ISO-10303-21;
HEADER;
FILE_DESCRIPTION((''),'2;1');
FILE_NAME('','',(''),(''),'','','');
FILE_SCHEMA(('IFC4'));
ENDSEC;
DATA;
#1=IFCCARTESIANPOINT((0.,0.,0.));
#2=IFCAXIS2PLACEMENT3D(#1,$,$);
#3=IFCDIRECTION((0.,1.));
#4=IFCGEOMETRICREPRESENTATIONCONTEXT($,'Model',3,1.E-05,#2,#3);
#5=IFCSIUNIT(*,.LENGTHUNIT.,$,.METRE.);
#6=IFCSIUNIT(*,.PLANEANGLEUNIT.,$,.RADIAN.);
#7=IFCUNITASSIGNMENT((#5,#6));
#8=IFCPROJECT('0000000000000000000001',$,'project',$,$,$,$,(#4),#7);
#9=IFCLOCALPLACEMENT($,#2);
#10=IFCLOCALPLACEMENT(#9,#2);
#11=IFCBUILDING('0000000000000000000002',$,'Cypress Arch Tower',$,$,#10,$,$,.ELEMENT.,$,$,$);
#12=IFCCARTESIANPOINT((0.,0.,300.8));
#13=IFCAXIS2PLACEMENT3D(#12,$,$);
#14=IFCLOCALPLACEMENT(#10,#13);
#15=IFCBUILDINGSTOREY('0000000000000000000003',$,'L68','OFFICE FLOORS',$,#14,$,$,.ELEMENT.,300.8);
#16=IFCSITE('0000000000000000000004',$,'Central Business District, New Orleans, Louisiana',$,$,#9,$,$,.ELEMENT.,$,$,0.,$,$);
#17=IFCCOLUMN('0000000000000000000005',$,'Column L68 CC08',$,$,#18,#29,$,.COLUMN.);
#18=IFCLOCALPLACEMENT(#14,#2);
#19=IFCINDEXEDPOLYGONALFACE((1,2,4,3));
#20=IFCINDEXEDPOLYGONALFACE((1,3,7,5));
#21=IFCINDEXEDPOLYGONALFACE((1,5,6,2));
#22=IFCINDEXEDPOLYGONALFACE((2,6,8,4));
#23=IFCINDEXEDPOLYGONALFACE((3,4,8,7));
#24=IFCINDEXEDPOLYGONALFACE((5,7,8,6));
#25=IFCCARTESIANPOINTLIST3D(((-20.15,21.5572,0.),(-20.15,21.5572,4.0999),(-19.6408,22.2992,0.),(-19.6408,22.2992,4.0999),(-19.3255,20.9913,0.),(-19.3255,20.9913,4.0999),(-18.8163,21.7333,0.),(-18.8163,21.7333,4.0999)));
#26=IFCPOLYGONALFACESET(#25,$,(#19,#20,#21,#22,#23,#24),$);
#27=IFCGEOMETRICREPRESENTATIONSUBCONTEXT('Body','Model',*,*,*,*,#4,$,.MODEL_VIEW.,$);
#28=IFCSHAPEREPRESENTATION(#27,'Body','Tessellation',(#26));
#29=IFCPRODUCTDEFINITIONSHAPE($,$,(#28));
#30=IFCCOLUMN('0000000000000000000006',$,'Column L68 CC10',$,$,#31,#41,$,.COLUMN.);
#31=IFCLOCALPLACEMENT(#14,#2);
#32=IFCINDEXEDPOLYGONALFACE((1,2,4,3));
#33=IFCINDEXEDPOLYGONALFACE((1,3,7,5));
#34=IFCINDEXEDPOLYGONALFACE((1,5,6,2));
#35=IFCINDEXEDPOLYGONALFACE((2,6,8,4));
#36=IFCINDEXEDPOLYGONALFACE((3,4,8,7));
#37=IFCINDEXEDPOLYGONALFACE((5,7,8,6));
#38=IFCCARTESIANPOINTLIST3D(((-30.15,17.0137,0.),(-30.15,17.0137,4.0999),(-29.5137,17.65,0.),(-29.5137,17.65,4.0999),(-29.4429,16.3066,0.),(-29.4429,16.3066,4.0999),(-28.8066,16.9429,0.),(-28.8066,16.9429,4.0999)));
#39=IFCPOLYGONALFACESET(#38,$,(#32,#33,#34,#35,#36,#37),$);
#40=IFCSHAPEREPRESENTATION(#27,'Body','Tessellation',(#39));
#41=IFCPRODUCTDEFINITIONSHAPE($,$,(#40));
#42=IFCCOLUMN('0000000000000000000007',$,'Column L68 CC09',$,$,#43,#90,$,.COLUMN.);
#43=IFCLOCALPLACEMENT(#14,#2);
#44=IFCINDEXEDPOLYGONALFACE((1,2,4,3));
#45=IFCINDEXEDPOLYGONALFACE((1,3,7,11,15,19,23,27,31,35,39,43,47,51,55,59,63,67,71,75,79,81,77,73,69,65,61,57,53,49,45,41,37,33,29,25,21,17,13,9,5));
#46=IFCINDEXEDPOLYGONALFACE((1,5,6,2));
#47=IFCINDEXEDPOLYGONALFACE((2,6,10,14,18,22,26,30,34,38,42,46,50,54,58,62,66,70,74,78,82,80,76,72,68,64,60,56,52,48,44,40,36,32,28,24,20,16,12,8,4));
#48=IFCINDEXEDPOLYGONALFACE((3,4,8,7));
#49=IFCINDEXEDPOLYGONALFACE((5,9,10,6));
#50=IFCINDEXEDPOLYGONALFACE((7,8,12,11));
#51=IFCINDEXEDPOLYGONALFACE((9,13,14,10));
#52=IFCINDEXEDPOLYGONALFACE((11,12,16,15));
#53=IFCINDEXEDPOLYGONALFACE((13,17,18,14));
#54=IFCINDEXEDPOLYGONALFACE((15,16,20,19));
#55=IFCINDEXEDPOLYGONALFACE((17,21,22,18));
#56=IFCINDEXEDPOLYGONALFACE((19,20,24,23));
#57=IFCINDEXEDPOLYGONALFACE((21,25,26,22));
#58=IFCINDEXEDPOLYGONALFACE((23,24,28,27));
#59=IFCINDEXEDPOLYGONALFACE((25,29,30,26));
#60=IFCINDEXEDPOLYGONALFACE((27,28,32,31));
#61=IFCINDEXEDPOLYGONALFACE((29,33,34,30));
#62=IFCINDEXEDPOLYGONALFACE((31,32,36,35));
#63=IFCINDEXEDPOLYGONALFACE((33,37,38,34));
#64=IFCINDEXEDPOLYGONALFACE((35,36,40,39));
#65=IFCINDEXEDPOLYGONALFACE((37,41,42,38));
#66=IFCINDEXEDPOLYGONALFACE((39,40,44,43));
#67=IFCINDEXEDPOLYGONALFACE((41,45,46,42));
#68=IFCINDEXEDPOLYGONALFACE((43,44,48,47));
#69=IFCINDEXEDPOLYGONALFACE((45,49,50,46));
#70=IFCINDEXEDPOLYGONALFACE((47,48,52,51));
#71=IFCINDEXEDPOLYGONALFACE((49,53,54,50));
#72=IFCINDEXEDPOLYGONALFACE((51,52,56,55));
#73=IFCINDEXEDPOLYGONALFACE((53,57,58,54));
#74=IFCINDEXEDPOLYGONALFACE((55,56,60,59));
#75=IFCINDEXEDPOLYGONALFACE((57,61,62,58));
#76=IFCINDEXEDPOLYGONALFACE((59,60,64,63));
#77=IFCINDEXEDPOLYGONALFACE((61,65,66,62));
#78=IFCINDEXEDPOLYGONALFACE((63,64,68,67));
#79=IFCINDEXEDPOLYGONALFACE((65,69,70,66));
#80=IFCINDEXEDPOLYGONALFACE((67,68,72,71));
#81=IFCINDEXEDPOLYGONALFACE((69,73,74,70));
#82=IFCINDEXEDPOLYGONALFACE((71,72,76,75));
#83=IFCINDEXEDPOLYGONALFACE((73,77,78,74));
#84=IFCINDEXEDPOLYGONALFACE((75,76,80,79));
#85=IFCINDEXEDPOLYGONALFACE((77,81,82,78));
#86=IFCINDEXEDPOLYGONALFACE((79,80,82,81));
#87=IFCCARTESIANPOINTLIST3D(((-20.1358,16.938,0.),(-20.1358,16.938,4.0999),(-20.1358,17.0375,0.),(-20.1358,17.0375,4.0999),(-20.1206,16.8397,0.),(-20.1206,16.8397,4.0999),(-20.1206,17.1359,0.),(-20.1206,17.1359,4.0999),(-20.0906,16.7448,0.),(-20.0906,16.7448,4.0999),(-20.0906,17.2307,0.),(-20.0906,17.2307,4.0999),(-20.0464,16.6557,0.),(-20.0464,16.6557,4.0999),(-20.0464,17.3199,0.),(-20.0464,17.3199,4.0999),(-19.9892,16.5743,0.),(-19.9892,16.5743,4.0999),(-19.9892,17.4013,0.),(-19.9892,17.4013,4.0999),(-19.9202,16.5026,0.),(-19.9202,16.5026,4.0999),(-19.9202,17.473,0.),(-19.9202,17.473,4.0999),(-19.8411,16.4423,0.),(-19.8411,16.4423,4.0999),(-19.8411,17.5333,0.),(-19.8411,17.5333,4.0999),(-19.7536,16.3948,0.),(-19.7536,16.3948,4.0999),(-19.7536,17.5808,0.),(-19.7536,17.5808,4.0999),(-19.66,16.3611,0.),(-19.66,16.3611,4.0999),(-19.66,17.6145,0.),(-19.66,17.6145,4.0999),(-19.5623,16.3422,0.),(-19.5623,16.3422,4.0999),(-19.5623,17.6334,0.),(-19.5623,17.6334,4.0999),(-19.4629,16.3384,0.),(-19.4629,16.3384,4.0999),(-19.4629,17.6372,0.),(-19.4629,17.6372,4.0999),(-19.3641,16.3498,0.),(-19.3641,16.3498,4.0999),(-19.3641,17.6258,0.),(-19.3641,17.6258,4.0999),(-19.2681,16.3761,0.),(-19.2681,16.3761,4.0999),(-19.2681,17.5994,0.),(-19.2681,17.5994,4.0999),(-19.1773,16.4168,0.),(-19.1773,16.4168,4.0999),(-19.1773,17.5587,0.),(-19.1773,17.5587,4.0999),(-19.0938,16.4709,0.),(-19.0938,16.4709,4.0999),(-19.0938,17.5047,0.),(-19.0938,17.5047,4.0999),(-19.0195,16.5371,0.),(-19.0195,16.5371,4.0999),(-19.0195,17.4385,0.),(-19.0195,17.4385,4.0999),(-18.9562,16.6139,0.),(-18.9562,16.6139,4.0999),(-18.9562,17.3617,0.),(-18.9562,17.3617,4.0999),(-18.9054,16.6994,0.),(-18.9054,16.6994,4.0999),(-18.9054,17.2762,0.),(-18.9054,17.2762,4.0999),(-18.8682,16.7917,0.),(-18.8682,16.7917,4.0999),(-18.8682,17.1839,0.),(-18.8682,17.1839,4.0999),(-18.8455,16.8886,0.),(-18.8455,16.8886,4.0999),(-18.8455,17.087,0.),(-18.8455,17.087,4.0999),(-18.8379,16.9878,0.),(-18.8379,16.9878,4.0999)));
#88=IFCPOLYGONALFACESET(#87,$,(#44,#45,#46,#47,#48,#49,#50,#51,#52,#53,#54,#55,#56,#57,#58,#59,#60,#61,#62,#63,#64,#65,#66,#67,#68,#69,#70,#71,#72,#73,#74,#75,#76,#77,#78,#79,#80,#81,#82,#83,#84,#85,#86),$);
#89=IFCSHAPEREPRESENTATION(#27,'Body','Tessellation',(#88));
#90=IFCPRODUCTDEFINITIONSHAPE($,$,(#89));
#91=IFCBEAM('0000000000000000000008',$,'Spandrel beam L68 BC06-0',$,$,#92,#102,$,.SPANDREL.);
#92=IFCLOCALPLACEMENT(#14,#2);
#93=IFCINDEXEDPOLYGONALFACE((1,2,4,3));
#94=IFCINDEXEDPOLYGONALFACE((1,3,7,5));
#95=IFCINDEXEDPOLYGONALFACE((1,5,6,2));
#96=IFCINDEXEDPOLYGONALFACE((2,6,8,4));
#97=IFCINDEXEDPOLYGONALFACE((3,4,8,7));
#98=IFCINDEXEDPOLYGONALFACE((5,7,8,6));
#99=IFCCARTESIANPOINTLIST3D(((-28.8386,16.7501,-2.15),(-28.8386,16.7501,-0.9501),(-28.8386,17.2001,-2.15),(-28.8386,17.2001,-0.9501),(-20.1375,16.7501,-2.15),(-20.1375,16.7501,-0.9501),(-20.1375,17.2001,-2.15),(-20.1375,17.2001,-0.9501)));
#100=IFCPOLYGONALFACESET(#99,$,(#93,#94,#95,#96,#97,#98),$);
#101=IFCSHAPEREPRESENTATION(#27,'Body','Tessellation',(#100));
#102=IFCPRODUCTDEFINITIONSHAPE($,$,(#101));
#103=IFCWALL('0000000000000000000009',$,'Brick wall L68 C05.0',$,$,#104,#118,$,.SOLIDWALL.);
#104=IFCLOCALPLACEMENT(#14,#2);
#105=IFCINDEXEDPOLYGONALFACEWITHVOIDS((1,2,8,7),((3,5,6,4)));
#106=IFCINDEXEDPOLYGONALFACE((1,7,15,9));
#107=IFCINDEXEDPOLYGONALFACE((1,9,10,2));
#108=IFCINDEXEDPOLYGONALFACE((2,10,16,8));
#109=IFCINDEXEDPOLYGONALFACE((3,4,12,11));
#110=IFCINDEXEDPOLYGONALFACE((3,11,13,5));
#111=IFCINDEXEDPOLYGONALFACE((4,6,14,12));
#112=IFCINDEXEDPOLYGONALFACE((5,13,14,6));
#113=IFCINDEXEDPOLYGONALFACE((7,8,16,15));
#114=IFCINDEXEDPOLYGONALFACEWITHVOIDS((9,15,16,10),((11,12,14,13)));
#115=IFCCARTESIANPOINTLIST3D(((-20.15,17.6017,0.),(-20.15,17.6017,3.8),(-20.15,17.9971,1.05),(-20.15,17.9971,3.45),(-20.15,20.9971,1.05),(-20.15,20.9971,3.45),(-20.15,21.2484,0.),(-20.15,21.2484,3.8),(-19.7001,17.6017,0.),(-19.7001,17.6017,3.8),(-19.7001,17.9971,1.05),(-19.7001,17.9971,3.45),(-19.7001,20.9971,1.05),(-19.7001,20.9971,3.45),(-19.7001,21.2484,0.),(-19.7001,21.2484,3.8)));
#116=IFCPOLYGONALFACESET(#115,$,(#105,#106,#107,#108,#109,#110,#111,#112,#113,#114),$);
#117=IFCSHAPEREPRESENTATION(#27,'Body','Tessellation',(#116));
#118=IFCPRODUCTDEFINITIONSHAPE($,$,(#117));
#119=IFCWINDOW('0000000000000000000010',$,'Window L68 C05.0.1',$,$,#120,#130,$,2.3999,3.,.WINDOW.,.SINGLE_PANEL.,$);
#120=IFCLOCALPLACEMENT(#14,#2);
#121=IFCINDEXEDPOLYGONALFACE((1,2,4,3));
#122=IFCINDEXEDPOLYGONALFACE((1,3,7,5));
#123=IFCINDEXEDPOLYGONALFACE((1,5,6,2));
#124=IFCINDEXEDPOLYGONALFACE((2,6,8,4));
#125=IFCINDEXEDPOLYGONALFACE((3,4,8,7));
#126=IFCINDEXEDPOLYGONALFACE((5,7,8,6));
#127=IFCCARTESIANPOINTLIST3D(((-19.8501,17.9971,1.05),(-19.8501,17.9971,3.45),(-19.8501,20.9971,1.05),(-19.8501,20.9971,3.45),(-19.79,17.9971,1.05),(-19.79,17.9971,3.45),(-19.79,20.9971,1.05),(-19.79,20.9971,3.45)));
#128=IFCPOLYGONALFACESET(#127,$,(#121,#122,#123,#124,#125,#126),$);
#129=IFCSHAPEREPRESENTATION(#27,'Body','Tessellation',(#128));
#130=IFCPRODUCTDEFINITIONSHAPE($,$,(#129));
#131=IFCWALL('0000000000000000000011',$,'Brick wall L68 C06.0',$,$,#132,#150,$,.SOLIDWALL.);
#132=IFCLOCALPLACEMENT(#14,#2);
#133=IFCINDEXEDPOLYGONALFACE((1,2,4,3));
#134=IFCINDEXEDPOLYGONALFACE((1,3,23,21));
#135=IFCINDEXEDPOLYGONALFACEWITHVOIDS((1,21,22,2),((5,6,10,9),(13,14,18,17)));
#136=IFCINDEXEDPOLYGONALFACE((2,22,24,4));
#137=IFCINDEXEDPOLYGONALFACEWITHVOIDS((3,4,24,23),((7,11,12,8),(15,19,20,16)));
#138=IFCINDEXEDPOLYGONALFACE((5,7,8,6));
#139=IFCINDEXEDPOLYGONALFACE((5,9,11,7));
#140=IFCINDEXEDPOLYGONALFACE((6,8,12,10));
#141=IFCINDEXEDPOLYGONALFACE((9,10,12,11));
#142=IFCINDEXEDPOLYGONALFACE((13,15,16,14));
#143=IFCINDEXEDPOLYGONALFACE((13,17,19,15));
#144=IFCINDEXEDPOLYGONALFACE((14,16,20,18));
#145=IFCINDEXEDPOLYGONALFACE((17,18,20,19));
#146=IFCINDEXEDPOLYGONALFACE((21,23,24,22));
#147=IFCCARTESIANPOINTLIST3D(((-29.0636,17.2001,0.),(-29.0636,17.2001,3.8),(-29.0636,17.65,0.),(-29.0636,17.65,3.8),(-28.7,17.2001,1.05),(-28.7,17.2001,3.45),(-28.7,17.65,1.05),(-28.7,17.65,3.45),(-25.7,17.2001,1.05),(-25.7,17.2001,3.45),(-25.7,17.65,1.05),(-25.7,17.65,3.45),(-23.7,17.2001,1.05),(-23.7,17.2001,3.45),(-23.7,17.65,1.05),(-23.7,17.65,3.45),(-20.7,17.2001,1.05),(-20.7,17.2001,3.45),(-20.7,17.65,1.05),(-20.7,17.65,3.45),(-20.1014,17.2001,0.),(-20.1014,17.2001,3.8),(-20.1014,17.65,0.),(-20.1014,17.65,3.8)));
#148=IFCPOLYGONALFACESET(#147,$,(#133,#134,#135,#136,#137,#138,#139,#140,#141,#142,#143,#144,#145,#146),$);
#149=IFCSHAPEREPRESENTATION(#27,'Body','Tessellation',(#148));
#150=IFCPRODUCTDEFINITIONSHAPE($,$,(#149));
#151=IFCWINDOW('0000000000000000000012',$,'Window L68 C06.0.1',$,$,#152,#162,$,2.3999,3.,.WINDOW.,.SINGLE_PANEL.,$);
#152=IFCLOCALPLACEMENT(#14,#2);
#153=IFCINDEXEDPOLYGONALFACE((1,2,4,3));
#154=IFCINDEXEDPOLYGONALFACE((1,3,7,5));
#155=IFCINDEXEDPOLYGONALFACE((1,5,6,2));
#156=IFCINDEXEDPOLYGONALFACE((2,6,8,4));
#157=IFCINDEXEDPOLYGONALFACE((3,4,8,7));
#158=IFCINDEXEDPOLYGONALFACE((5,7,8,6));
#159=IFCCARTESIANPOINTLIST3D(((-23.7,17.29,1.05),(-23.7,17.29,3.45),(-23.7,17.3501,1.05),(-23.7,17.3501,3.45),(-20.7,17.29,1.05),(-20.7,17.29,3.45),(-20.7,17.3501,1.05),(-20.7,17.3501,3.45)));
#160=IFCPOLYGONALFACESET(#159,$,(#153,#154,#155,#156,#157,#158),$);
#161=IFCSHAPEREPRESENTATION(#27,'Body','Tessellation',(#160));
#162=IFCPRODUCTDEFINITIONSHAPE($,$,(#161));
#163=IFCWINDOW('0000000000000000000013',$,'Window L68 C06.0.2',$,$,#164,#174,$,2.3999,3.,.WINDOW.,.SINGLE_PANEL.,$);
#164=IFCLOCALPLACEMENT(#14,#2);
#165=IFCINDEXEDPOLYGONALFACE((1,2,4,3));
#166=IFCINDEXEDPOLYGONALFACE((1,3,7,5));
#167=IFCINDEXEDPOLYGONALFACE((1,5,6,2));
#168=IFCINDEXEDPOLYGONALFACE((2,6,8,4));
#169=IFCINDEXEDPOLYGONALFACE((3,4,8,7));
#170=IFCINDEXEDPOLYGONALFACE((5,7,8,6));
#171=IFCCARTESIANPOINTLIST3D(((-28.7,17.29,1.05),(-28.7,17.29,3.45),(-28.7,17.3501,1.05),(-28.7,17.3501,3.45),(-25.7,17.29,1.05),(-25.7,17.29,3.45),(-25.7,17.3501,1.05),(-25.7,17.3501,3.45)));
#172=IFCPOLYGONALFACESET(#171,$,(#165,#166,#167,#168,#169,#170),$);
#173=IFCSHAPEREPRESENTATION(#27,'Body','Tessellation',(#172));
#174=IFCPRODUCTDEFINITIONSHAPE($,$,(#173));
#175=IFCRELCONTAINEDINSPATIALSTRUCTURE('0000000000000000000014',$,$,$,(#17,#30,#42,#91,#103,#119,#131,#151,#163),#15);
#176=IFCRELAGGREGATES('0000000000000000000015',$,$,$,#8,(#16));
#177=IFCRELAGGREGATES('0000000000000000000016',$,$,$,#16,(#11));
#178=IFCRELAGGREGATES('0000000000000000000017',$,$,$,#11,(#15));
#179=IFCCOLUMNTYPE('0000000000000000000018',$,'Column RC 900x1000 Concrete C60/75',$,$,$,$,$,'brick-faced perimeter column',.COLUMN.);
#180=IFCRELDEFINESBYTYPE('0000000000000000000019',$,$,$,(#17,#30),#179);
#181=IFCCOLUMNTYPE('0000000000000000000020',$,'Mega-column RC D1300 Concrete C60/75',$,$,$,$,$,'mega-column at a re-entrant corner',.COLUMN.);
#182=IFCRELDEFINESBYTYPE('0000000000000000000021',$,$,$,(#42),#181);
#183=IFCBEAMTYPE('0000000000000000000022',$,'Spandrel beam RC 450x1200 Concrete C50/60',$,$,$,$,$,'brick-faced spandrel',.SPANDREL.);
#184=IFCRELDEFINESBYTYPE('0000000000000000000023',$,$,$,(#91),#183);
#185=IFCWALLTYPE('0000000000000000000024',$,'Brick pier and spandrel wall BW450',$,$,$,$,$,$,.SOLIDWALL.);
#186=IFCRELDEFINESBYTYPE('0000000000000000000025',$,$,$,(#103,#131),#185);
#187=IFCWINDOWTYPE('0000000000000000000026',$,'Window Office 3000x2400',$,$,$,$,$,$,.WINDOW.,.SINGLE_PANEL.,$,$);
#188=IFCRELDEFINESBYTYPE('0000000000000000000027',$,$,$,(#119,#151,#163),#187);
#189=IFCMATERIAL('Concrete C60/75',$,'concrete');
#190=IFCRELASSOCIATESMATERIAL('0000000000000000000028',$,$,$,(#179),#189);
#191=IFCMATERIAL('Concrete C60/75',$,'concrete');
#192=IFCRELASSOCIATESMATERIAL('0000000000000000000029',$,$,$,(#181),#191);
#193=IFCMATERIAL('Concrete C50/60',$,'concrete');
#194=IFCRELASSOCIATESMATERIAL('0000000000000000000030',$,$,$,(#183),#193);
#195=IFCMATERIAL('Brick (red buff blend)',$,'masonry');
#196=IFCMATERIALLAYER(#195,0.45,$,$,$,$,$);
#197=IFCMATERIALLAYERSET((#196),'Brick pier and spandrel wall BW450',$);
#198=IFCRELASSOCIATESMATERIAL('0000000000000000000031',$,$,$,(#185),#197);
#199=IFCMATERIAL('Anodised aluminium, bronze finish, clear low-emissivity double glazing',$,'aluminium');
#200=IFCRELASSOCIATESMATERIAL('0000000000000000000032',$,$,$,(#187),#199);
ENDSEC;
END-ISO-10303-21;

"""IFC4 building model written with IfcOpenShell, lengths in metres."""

from ifc_helpers import new_model, si_unit, direction, frame, frame_2d, origin, origin_2d, place, context, subcontext, project, spatial, rectangle, circle, extrude, material, layer, layer_set, material_profile, profile_set, type_object, element, fill, save


model = new_model("IFC4")

# Units and contexts
model_context = context("Model", 3, precision=1e-05, world=origin(), true_north=direction((0.0, 1.0)))
body_context = subcontext(model_context, "Body", "Model", "MODEL_VIEW")
ifc_project = project(units=[si_unit("LENGTHUNIT", "METRE"), si_unit("PLANEANGLEUNIT", "RADIAN")], contexts=[model_context])

# Site, building, storey
site_placement = place(None, origin())
site = spatial("IfcSite", under=ifc_project, at=site_placement, Name="Central Business District, New Orleans, Louisiana", CompositionType="ELEMENT", RefElevation=0.0)
building_placement = place(site_placement, origin())
building = spatial("IfcBuilding", under=site, at=building_placement, Name="Cypress Arch Tower", CompositionType="ELEMENT")
storey_placement = place(building_placement, frame((0.0, 0.0, 300.8)))
storey = spatial("IfcBuildingStorey", under=building, at=storey_placement, Name="L68", Description="OFFICE FLOORS", CompositionType="ELEMENT", Elevation=300.8)

# Columns
ifc_material_1 = material(Name="Concrete C60/75", Category="concrete")
ifc_material_profile_1 = material_profile(ifc_material_1, rectangle(XDim=0.8999, YDim=1.0, at=origin_2d()), Name="RC 900x1000")
ifc_profile_set_1 = profile_set([ifc_material_profile_1], Name="Concrete C60/75")
column_type_1 = type_object("IfcColumnType", Name="Column RC 900x1000 Concrete C60/75", ElementType="brick-faced perimeter column", PredefinedType="COLUMN", material=ifc_profile_set_1)
for number, where, z_axis, x_axis, name in (
    (1, (-19.4832, 21.6453, 0.0), (0.0, 0.0, 1.0), (-0.565893, -0.824479, 0.0), "Column L68 CC08"),
    (2, (-29.4783, 16.9783, 0.0), (0.0, 0.0, 1.0), (-0.707107, -0.707107, 0.0), "Column L68 CC10"),
):
    element("IfcColumn", number, at=place(storey_placement, frame(where, z_axis=z_axis, x_axis=x_axis)), inside=storey, type_object=column_type_1, Name=name, PredefinedType="COLUMN", context=body_context, shape_type="SweptSolid", body=[
        extrude(rectangle(XDim=0.8999, YDim=1.0, at=origin_2d()), origin(), (0.0, 0.0, 1.0), 4.0999),
    ])
ifc_material_2 = material(Name="Concrete C60/75", Category="concrete")
ifc_material_profile_2 = material_profile(ifc_material_2, circle(Radius=0.6499, at=origin_2d()), Name="RC D1300")
ifc_profile_set_2 = profile_set([ifc_material_profile_2], Name="Concrete C60/75")
column_type_2 = type_object("IfcColumnType", Name="Mega-column RC D1300 Concrete C60/75", ElementType="mega-column at a re-entrant corner", PredefinedType="COLUMN", material=ifc_profile_set_2)
column_placement = place(storey_placement, frame((-19.4878, 16.9878, 0.0), z_axis=(0.0, 0.0, 1.0), x_axis=(1.0, 0.0, 0.0)))
element("IfcColumn", 3, at=column_placement, inside=storey, type_object=column_type_2, Name="Column L68 CC09", PredefinedType="COLUMN", context=body_context, shape_type="SweptSolid", body=[
    extrude(circle(Radius=0.6499, at=origin_2d()), origin(), (0.0, 0.0, 1.0), 4.0999),
])

# Beam
ifc_material_3 = material(Name="Concrete C50/60", Category="concrete")
ifc_material_profile_3 = material_profile(ifc_material_3, rectangle(XDim=0.45, YDim=1.2, at=origin_2d()), Name="RC 450x1200")
ifc_profile_set_3 = profile_set([ifc_material_profile_3], Name="Concrete C50/60")
beam_type = type_object("IfcBeamType", Name="Spandrel beam RC 450x1200 Concrete C50/60", ElementType="brick-faced spandrel", PredefinedType="SPANDREL", material=ifc_profile_set_3)
beam_placement = place(storey_placement, frame((-20.1375, 16.9751, -1.55), z_axis=(-1.0, 0.0, 0.0), x_axis=(0.0, -1.0, 0.0)))
element("IfcBeam", 4, at=beam_placement, inside=storey, type_object=beam_type, Name="Spandrel beam L68 BC06-0", PredefinedType="SPANDREL", context=body_context, shape_type="SweptSolid", body=[
    extrude(rectangle(XDim=0.45, YDim=1.2, at=origin_2d()), origin(), (0.0, 0.0, 1.0), 8.7012),
])

# Wall, opening, window
ifc_material_4 = material(Name="Brick (red buff blend)", Category="masonry")
ifc_layer_1 = layer(ifc_material_4, 0.45)
ifc_layer_set_1 = layer_set([ifc_layer_1], Name="Brick pier and spandrel wall BW450")
wall_type_1 = type_object("IfcWallType", Name="Brick pier and spandrel wall BW450", PredefinedType="SOLIDWALL", material=ifc_layer_set_1)
wall_1_placement = place(storey_placement, frame((-19.925, 21.2483, 0.0), z_axis=(0.0, 0.0, 1.0), x_axis=(0.0, -1.0, 0.0)))
wall_1 = element("IfcWall", 5, at=wall_1_placement, inside=storey, type_object=wall_type_1, Name="Brick wall L68 C05.0", PredefinedType="SOLIDWALL", context=body_context, shape_type="SweptSolid", body=[
    extrude(rectangle(XDim=3.6467, YDim=0.45, at=frame_2d((1.8232, 0.0))), origin(), (0.0, 0.0, 1.0), 3.8),
])
opening_1_placement = place(wall_1_placement, frame((0.2512, 0.0, 1.05)))
opening_1 = element("IfcOpeningElement", 6, at=opening_1_placement, cuts=wall_1, PredefinedType="OPENING", context=body_context, shape_type="SweptSolid", body=[
    extrude(rectangle(XDim=3.0, YDim=2.3999, at=frame_2d((1.5, 1.2))), frame((0.0, 0.2349, 0.0), z_axis=(0.0, -1.0, 0.0), x_axis=(1.0, 0.0, 0.0)), (0.0, 0.0, 1.0), 0.47),
])
ifc_material_5 = material(Name="Anodised aluminium, bronze finish, clear low-emissivity double glazing", Category="aluminium")
window_type = type_object("IfcWindowType", Name="Window Office 3000x2400", PartitioningType="SINGLE_PANEL", PredefinedType="WINDOW", material=ifc_material_5)
window_1_placement = place(opening_1_placement, origin())
window_1 = element("IfcWindow", 7, at=window_1_placement, inside=storey, type_object=window_type, Name="Window L68 C05.0.1", OverallHeight=2.3999, OverallWidth=3.0, PartitioningType="SINGLE_PANEL", PredefinedType="WINDOW", context=body_context, shape_type="SweptSolid", body=[
    extrude(rectangle(XDim=3.0, YDim=2.3999, at=frame_2d((1.5, 1.2))), frame((0.0, 0.135, 0.0), z_axis=(0.0, -1.0, 0.0), x_axis=(1.0, 0.0, 0.0)), (0.0, 0.0, 1.0), 0.0601),
])
fill(opening_1, window_1)

# Wall, openings, windows
wall_2_placement = place(storey_placement, frame((-20.1016, 17.425, 0.0), z_axis=(0.0, 0.0, 1.0), x_axis=(-1.0, 0.0, 0.0)))
wall_2 = element("IfcWall", 8, at=wall_2_placement, inside=storey, type_object=wall_type_1, Name="Brick wall L68 C06.0", PredefinedType="SOLIDWALL", context=body_context, shape_type="SweptSolid", body=[
    extrude(rectangle(XDim=8.9622, YDim=0.45, at=frame_2d((4.481, 0.0))), origin(), (0.0, 0.0, 1.0), 3.8),
])
opening_2_placement = place(wall_2_placement, frame((0.5984, 0.0, 1.05)))
opening_2 = element("IfcOpeningElement", 9, at=opening_2_placement, cuts=wall_2, PredefinedType="OPENING", context=body_context, shape_type="SweptSolid", body=[
    extrude(rectangle(XDim=3.0, YDim=2.3999, at=frame_2d((1.5, 1.2))), frame((0.0, 0.2349, 0.0), z_axis=(0.0, -1.0, 0.0), x_axis=(1.0, 0.0, 0.0)), (0.0, 0.0, 1.0), 0.47),
])
opening_3_placement = place(wall_2_placement, frame((5.5984, 0.0, 1.05)))
opening_3 = element("IfcOpeningElement", 10, at=opening_3_placement, cuts=wall_2, PredefinedType="OPENING", context=body_context, shape_type="SweptSolid", body=[
    extrude(rectangle(XDim=3.0, YDim=2.3999, at=frame_2d((1.5, 1.2))), frame((0.0, 0.2349, 0.0), z_axis=(0.0, -1.0, 0.0), x_axis=(1.0, 0.0, 0.0)), (0.0, 0.0, 1.0), 0.47),
])
window_2_placement = place(opening_2_placement, origin())
window_2 = element("IfcWindow", 11, at=window_2_placement, inside=storey, type_object=window_type, Name="Window L68 C06.0.1", OverallHeight=2.3999, OverallWidth=3.0, PartitioningType="SINGLE_PANEL", PredefinedType="WINDOW", context=body_context, shape_type="SweptSolid", body=[
    extrude(rectangle(XDim=3.0, YDim=2.3999, at=frame_2d((1.5, 1.2))), frame((0.0, 0.135, 0.0), z_axis=(0.0, -1.0, 0.0), x_axis=(1.0, 0.0, 0.0)), (0.0, 0.0, 1.0), 0.0601),
])
fill(opening_2, window_2)
window_3_placement = place(opening_3_placement, origin())
window_3 = element("IfcWindow", 12, at=window_3_placement, inside=storey, type_object=window_type, Name="Window L68 C06.0.2", OverallHeight=2.3999, OverallWidth=3.0, PartitioningType="SINGLE_PANEL", PredefinedType="WINDOW", context=body_context, shape_type="SweptSolid", body=[
    extrude(rectangle(XDim=3.0, YDim=2.3999, at=frame_2d((1.5, 1.2))), frame((0.0, 0.135, 0.0), z_axis=(0.0, -1.0, 0.0), x_axis=(1.0, 0.0, 0.0)), (0.0, 0.0, 1.0), 0.0601),
])
fill(opening_3, window_3)

save(model, "model.ifc")
